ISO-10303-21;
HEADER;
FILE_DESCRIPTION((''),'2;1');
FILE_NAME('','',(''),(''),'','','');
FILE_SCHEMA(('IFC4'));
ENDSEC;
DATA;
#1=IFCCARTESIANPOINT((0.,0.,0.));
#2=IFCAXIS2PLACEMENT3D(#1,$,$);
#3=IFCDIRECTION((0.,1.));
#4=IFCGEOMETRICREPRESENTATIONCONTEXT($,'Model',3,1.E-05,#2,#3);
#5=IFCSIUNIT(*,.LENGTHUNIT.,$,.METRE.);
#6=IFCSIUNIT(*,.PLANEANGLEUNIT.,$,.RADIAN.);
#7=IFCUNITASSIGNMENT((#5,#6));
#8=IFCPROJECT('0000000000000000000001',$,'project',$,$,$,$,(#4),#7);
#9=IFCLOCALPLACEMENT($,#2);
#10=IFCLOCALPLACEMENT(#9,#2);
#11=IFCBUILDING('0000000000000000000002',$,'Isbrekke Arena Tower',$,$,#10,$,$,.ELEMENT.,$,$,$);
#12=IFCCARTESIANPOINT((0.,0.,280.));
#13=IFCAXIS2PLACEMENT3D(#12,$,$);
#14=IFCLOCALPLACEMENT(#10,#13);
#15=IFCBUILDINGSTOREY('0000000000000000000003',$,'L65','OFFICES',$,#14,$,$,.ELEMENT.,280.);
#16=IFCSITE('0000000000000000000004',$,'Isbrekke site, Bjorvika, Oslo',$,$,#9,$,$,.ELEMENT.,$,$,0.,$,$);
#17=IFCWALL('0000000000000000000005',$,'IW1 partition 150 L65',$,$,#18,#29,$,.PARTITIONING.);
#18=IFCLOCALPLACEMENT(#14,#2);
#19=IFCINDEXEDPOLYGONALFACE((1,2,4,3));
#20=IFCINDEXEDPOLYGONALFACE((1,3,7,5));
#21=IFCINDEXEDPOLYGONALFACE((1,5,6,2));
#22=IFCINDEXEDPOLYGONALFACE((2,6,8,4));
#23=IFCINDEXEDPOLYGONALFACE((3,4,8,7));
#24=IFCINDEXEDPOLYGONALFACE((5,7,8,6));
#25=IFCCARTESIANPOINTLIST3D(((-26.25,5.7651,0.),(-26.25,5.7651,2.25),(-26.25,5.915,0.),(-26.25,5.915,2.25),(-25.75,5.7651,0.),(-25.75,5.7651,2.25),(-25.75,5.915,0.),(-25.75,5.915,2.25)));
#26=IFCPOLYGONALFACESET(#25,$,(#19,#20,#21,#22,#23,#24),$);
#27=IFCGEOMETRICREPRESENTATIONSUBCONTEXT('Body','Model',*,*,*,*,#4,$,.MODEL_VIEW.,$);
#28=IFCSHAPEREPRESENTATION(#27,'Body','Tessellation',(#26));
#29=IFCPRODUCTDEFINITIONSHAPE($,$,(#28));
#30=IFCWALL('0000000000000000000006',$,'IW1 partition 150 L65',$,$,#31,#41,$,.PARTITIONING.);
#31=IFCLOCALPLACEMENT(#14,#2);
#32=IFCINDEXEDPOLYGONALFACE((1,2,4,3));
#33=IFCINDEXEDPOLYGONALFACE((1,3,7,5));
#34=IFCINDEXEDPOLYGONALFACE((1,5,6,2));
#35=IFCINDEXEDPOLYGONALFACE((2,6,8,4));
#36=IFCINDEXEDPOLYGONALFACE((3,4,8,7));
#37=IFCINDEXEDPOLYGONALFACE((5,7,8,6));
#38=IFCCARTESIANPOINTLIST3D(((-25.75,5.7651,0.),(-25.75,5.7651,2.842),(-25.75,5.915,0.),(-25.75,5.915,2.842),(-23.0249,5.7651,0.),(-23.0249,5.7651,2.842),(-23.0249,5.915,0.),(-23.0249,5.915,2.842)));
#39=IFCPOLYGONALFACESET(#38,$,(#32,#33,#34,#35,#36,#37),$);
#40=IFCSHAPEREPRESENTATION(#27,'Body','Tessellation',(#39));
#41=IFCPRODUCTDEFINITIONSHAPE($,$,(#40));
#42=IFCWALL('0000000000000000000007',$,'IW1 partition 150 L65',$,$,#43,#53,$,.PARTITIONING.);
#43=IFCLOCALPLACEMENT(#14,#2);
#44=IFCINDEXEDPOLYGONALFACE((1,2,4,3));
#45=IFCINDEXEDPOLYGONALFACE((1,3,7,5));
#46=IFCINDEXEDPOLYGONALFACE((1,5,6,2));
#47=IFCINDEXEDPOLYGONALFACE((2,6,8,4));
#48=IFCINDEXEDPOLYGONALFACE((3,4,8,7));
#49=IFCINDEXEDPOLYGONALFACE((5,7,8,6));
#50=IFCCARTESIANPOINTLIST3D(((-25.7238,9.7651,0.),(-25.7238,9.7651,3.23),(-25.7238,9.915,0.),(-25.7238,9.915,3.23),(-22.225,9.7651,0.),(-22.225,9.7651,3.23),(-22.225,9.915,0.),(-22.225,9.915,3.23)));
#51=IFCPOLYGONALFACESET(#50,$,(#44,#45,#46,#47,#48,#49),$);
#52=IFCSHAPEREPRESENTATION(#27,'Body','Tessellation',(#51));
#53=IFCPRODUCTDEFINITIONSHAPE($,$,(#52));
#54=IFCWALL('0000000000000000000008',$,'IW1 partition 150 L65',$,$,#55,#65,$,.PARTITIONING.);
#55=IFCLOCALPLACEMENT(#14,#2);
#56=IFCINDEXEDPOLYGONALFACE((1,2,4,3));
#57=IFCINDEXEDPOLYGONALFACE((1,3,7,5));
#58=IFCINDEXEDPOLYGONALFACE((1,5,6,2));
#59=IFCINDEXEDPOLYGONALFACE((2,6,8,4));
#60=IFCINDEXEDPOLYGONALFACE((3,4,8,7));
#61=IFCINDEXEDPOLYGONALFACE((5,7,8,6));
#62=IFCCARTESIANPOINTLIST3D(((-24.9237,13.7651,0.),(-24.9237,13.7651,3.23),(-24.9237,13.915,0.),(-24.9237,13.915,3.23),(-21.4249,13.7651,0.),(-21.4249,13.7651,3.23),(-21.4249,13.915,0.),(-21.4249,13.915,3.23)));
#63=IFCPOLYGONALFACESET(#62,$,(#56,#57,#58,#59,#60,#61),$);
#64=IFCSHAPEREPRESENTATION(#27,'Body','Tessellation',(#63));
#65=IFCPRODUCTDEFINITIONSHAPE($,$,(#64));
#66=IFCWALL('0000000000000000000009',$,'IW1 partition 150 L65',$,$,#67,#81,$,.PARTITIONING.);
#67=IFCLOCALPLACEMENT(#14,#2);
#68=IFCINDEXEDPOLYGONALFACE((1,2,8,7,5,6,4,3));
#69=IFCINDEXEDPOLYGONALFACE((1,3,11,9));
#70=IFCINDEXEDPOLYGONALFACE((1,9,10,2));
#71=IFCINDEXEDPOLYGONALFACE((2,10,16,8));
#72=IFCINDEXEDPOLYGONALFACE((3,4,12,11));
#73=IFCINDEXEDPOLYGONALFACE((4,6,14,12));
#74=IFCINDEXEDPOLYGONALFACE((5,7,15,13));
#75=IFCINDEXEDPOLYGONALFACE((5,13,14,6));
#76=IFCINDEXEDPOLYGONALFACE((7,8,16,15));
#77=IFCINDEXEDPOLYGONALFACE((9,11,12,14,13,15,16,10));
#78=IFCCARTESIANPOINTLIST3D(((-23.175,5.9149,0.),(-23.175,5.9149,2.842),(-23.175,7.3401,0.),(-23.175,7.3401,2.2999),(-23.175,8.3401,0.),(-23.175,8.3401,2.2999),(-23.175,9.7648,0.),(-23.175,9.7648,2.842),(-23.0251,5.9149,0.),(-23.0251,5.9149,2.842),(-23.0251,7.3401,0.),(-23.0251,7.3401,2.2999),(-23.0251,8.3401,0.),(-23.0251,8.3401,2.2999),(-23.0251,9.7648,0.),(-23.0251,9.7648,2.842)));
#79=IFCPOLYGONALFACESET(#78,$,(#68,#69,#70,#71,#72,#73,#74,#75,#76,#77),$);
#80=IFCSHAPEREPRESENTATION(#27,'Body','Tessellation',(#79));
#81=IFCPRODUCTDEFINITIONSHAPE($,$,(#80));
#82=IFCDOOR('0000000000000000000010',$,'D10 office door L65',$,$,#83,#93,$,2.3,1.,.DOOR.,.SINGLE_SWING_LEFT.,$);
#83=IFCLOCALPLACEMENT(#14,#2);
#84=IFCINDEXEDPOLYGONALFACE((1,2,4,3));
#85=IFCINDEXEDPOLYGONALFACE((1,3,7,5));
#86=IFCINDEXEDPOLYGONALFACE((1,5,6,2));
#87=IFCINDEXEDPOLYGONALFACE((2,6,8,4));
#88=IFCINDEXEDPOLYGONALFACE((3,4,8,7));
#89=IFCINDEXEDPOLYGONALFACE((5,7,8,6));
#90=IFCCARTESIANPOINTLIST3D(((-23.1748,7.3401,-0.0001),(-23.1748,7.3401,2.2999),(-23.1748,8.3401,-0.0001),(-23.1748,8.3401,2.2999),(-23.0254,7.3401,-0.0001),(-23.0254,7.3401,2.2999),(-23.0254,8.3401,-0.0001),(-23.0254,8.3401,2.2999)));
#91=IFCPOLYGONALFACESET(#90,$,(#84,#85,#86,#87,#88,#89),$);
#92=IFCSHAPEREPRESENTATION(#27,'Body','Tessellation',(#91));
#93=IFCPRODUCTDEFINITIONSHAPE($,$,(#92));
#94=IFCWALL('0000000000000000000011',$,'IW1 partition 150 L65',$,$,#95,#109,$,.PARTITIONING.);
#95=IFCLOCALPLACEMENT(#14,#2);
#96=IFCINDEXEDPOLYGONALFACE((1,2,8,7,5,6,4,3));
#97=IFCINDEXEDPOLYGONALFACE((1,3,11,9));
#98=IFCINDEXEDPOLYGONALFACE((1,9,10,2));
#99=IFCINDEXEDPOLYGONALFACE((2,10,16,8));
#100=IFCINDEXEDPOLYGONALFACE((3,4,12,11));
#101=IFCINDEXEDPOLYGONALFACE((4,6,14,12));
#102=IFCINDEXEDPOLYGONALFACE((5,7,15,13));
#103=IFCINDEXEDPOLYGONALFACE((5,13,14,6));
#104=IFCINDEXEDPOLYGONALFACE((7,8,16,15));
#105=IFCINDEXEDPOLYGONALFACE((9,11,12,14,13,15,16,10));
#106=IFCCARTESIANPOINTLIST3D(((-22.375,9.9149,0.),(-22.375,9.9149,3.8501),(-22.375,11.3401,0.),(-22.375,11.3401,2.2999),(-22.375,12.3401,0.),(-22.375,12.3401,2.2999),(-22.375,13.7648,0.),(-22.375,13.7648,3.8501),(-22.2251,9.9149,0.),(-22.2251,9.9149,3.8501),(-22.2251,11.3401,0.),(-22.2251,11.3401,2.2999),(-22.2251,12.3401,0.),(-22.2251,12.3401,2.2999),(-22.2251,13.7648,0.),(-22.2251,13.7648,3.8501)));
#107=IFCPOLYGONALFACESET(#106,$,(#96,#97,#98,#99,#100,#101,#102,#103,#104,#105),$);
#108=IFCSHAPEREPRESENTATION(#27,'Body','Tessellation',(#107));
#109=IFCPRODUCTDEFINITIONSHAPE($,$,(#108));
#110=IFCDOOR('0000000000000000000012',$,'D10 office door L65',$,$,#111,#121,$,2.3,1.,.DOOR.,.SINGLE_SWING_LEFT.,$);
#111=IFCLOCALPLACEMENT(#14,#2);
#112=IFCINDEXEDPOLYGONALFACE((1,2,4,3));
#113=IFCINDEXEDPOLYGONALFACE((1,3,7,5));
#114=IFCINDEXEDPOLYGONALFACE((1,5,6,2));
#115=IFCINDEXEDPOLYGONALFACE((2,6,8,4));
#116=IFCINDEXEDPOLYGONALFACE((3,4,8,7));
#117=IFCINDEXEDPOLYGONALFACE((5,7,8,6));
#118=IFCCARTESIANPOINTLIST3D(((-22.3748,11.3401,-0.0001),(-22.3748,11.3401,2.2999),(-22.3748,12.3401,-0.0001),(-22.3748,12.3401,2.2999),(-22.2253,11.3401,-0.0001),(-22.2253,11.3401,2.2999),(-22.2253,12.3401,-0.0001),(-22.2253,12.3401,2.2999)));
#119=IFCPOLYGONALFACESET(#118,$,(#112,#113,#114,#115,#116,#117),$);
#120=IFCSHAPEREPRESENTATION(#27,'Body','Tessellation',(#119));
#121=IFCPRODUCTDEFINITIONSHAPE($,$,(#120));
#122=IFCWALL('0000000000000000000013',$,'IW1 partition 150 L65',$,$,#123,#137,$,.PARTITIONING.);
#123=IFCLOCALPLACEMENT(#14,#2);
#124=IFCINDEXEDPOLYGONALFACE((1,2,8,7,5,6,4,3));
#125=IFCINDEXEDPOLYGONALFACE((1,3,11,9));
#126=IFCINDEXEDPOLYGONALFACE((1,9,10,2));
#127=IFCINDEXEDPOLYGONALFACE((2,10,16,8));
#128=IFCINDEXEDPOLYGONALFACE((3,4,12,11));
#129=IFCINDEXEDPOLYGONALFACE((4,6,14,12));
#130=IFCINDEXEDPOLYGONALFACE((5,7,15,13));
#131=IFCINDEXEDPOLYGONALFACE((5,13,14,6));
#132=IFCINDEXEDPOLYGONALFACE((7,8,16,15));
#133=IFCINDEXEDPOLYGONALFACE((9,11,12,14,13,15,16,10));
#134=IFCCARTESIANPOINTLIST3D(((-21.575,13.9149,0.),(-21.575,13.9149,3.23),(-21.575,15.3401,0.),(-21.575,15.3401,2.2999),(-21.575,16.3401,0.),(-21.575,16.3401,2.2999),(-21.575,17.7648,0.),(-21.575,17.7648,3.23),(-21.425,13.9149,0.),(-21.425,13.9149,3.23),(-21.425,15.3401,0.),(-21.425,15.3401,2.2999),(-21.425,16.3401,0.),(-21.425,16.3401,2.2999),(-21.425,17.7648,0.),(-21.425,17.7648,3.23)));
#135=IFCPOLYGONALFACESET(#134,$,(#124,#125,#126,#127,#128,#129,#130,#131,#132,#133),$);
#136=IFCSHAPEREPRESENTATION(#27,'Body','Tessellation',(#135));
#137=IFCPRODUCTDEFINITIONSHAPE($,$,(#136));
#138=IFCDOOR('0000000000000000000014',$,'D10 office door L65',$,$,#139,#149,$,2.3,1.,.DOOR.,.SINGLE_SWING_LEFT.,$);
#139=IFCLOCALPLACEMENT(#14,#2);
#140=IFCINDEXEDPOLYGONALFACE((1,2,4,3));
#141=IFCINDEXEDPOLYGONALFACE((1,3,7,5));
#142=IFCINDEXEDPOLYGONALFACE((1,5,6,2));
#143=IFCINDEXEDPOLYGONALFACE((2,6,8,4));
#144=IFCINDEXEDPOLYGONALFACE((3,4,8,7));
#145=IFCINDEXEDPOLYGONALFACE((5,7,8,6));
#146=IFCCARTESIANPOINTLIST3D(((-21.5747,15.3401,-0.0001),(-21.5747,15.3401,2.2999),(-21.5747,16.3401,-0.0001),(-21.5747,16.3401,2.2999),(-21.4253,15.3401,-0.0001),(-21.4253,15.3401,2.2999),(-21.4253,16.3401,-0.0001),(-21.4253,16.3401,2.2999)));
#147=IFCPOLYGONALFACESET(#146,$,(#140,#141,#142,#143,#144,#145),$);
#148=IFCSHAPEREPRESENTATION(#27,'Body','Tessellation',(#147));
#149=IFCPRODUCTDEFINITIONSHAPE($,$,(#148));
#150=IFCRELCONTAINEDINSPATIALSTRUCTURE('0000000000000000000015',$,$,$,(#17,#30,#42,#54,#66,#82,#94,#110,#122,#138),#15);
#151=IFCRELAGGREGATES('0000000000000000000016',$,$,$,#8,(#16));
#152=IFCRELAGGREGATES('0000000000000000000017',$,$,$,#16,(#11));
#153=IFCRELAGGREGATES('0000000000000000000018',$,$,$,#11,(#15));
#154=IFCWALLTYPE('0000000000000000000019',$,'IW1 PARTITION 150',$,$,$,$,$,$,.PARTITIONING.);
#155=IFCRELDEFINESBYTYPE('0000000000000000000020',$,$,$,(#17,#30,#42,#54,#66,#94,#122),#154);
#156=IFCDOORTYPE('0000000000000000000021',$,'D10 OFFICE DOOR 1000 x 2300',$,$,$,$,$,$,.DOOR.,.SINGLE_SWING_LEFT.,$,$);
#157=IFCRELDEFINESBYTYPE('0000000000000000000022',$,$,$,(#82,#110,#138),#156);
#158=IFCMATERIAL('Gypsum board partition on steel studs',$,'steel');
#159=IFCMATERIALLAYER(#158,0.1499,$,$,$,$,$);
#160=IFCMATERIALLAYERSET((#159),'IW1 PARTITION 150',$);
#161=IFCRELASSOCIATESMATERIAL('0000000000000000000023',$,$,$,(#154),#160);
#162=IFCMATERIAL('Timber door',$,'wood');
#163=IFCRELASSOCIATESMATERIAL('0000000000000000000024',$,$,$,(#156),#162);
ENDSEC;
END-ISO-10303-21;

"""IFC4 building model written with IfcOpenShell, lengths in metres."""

from ifc_helpers import new_model, si_unit, direction, frame, frame_2d, origin, place, context, subcontext, project, spatial, rectangle, extrude, material, layer, layer_set, type_object, element, fill, save


model = new_model("IFC4")

# Units and contexts
model_context = context("Model", 3, precision=1e-05, world=origin(), true_north=direction((0.0, 1.0)))
body_context = subcontext(model_context, "Body", "Model", "MODEL_VIEW")
ifc_project = project(units=[si_unit("LENGTHUNIT", "METRE"), si_unit("PLANEANGLEUNIT", "RADIAN")], contexts=[model_context])

# Site, building, storey
site_placement = place(None, origin())
site = spatial("IfcSite", under=ifc_project, at=site_placement, Name="Isbrekke site, Bjorvika, Oslo", CompositionType="ELEMENT", RefElevation=0.0)
building_placement = place(site_placement, origin())
building = spatial("IfcBuilding", under=site, at=building_placement, Name="Isbrekke Arena Tower", CompositionType="ELEMENT")
storey_placement = place(building_placement, frame((0.0, 0.0, 280.0)))
storey = spatial("IfcBuildingStorey", under=building, at=storey_placement, Name="L65", Description="OFFICES", CompositionType="ELEMENT", Elevation=280.0)

# Walls
ifc_material_1 = material(Name="Gypsum board partition on steel studs", Category="steel")
ifc_layer_1 = layer(ifc_material_1, 0.1499)
ifc_layer_set_1 = layer_set([ifc_layer_1], Name="IW1 PARTITION 150")
wall_type = type_object("IfcWallType", Name="IW1 PARTITION 150", PredefinedType="PARTITIONING", material=ifc_layer_set_1)
wall_1_placement = place(storey_placement, frame((-26.25, 5.8401, 0.0), z_axis=(0.0, 0.0, 1.0), x_axis=(1.0, 0.0, 0.0)))
element("IfcWall", 1, at=wall_1_placement, inside=storey, type_object=wall_type, Name="IW1 partition 150 L65", PredefinedType="PARTITIONING", context=body_context, shape_type="SweptSolid", body=[
    extrude(rectangle(XDim=0.5, YDim=0.1499, at=frame_2d((0.25, 0.0))), origin(), (0.0, 0.0, 1.0), 2.25),
])
wall_2_placement = place(storey_placement, frame((-25.75, 5.8401, 0.0), z_axis=(0.0, 0.0, 1.0), x_axis=(1.0, 0.0, 0.0)))
element("IfcWall", 2, at=wall_2_placement, inside=storey, type_object=wall_type, Name="IW1 partition 150 L65", PredefinedType="PARTITIONING", context=body_context, shape_type="SweptSolid", body=[
    extrude(rectangle(XDim=2.7251, YDim=0.1499, at=frame_2d((1.3625, 0.0))), origin(), (0.0, 0.0, 1.0), 2.842),
])
for number, where, z_axis, x_axis, name in (
    (3, (-25.7239, 9.8401, 0.0), (0.0, 0.0, 1.0), (1.0, 0.0, 0.0), "IW1 partition 150 L65"),
    (4, (-24.9238, 13.8401, 0.0), (0.0, 0.0, 1.0), (1.0, 0.0, 0.0), "IW1 partition 150 L65"),
):
    element("IfcWall", number, at=place(storey_placement, frame(where, z_axis=z_axis, x_axis=x_axis)), inside=storey, type_object=wall_type, Name=name, PredefinedType="PARTITIONING", context=body_context, shape_type="SweptSolid", body=[
        extrude(rectangle(XDim=3.4988, YDim=0.1499, at=frame_2d((1.7495, 0.0))), origin(), (0.0, 0.0, 1.0), 3.23),
    ])

# Walls, openings, doors
wall_3_placement = place(storey_placement, frame((-23.1001, 5.915, 0.0), z_axis=(0.0, 0.0, 1.0), x_axis=(0.0, 1.0, 0.0)))
wall_3 = element("IfcWall", 5, at=wall_3_placement, inside=storey, type_object=wall_type, Name="IW1 partition 150 L65", PredefinedType="PARTITIONING", context=body_context, shape_type="SweptSolid", body=[
    extrude(rectangle(XDim=3.8499, YDim=0.1499, at=frame_2d((1.9248, 0.0))), origin(), (0.0, 0.0, 1.0), 2.842),
])
opening_1_placement = place(wall_3_placement, frame((1.425, 0.0, 0.0)))
opening_1 = element("IfcOpeningElement", 6, at=opening_1_placement, cuts=wall_3, PredefinedType="OPENING", context=body_context, shape_type="SweptSolid", body=[
    extrude(rectangle(XDim=1.0, YDim=2.3, at=frame_2d((0.5, 1.1499))), frame((0.0, 0.0898, 0.0), z_axis=(0.0, -1.0, 0.0), x_axis=(1.0, 0.0, 0.0)), (0.0, 0.0, 1.0), 0.1797),
])
ifc_material_2 = material(Name="Timber door", Category="wood")
door_type = type_object("IfcDoorType", Name="D10 OFFICE DOOR 1000 x 2300", OperationType="SINGLE_SWING_LEFT", PredefinedType="DOOR", material=ifc_material_2)
door_1_placement = place(opening_1_placement, origin())
door_1 = element("IfcDoor", 7, at=door_1_placement, inside=storey, type_object=door_type, Name="D10 office door L65", OperationType="SINGLE_SWING_LEFT", OverallHeight=2.3, OverallWidth=1.0, PredefinedType="DOOR", context=body_context, shape_type="SweptSolid", body=[
    extrude(rectangle(XDim=1.0, YDim=2.3, at=frame_2d((0.5, 1.1499))), frame((0.0, 0.0747, 0.0), z_axis=(0.0, -1.0, 0.0), x_axis=(1.0, 0.0, 0.0)), (0.0, 0.0, 1.0), 0.1494),
])
fill(opening_1, door_1)
wall_4_placement = place(storey_placement, frame((-22.3, 9.915, 0.0), z_axis=(0.0, 0.0, 1.0), x_axis=(0.0, 1.0, 0.0)))
wall_4 = element("IfcWall", 8, at=wall_4_placement, inside=storey, type_object=wall_type, Name="IW1 partition 150 L65", PredefinedType="PARTITIONING", context=body_context, shape_type="SweptSolid", body=[
    extrude(rectangle(XDim=3.8499, YDim=0.1499, at=frame_2d((1.9248, 0.0))), origin(), (0.0, 0.0, 1.0), 3.8501),
])
opening_2_placement = place(wall_4_placement, frame((1.425, 0.0, 0.0)))
opening_2 = element("IfcOpeningElement", 9, at=opening_2_placement, cuts=wall_4, PredefinedType="OPENING", context=body_context, shape_type="SweptSolid", body=[
    extrude(rectangle(XDim=1.0, YDim=2.3, at=frame_2d((0.5, 1.1499))), frame((0.0, 0.0898, 0.0), z_axis=(0.0, -1.0, 0.0), x_axis=(1.0, 0.0, 0.0)), (0.0, 0.0, 1.0), 0.1797),
])
door_2_placement = place(opening_2_placement, origin())
door_2 = element("IfcDoor", 10, at=door_2_placement, inside=storey, type_object=door_type, Name="D10 office door L65", OperationType="SINGLE_SWING_LEFT", OverallHeight=2.3, OverallWidth=1.0, PredefinedType="DOOR", context=body_context, shape_type="SweptSolid", body=[
    extrude(rectangle(XDim=1.0, YDim=2.3, at=frame_2d((0.5, 1.1499))), frame((0.0, 0.0747, 0.0), z_axis=(0.0, -1.0, 0.0), x_axis=(1.0, 0.0, 0.0)), (0.0, 0.0, 1.0), 0.1494),
])
fill(opening_2, door_2)
wall_5_placement = place(storey_placement, frame((-21.5, 13.915, 0.0), z_axis=(0.0, 0.0, 1.0), x_axis=(0.0, 1.0, 0.0)))
wall_5 = element("IfcWall", 11, at=wall_5_placement, inside=storey, type_object=wall_type, Name="IW1 partition 150 L65", PredefinedType="PARTITIONING", context=body_context, shape_type="SweptSolid", body=[
    extrude(rectangle(XDim=3.8499, YDim=0.1499, at=frame_2d((1.9248, 0.0))), origin(), (0.0, 0.0, 1.0), 3.23),
])
opening_3_placement = place(wall_5_placement, frame((1.425, 0.0, 0.0)))
opening_3 = element("IfcOpeningElement", 12, at=opening_3_placement, cuts=wall_5, PredefinedType="OPENING", context=body_context, shape_type="SweptSolid", body=[
    extrude(rectangle(XDim=1.0, YDim=2.3, at=frame_2d((0.5, 1.1499))), frame((0.0, 0.0898, 0.0), z_axis=(0.0, -1.0, 0.0), x_axis=(1.0, 0.0, 0.0)), (0.0, 0.0, 1.0), 0.1797),
])
door_3_placement = place(opening_3_placement, origin())
door_3 = element("IfcDoor", 13, at=door_3_placement, inside=storey, type_object=door_type, Name="D10 office door L65", OperationType="SINGLE_SWING_LEFT", OverallHeight=2.3, OverallWidth=1.0, PredefinedType="DOOR", context=body_context, shape_type="SweptSolid", body=[
    extrude(rectangle(XDim=1.0, YDim=2.3, at=frame_2d((0.5, 1.1499))), frame((0.0, 0.0747, 0.0), z_axis=(0.0, -1.0, 0.0), x_axis=(1.0, 0.0, 0.0)), (0.0, 0.0, 1.0), 0.1494),
])
fill(opening_3, door_3)

save(model, "model.ifc")
